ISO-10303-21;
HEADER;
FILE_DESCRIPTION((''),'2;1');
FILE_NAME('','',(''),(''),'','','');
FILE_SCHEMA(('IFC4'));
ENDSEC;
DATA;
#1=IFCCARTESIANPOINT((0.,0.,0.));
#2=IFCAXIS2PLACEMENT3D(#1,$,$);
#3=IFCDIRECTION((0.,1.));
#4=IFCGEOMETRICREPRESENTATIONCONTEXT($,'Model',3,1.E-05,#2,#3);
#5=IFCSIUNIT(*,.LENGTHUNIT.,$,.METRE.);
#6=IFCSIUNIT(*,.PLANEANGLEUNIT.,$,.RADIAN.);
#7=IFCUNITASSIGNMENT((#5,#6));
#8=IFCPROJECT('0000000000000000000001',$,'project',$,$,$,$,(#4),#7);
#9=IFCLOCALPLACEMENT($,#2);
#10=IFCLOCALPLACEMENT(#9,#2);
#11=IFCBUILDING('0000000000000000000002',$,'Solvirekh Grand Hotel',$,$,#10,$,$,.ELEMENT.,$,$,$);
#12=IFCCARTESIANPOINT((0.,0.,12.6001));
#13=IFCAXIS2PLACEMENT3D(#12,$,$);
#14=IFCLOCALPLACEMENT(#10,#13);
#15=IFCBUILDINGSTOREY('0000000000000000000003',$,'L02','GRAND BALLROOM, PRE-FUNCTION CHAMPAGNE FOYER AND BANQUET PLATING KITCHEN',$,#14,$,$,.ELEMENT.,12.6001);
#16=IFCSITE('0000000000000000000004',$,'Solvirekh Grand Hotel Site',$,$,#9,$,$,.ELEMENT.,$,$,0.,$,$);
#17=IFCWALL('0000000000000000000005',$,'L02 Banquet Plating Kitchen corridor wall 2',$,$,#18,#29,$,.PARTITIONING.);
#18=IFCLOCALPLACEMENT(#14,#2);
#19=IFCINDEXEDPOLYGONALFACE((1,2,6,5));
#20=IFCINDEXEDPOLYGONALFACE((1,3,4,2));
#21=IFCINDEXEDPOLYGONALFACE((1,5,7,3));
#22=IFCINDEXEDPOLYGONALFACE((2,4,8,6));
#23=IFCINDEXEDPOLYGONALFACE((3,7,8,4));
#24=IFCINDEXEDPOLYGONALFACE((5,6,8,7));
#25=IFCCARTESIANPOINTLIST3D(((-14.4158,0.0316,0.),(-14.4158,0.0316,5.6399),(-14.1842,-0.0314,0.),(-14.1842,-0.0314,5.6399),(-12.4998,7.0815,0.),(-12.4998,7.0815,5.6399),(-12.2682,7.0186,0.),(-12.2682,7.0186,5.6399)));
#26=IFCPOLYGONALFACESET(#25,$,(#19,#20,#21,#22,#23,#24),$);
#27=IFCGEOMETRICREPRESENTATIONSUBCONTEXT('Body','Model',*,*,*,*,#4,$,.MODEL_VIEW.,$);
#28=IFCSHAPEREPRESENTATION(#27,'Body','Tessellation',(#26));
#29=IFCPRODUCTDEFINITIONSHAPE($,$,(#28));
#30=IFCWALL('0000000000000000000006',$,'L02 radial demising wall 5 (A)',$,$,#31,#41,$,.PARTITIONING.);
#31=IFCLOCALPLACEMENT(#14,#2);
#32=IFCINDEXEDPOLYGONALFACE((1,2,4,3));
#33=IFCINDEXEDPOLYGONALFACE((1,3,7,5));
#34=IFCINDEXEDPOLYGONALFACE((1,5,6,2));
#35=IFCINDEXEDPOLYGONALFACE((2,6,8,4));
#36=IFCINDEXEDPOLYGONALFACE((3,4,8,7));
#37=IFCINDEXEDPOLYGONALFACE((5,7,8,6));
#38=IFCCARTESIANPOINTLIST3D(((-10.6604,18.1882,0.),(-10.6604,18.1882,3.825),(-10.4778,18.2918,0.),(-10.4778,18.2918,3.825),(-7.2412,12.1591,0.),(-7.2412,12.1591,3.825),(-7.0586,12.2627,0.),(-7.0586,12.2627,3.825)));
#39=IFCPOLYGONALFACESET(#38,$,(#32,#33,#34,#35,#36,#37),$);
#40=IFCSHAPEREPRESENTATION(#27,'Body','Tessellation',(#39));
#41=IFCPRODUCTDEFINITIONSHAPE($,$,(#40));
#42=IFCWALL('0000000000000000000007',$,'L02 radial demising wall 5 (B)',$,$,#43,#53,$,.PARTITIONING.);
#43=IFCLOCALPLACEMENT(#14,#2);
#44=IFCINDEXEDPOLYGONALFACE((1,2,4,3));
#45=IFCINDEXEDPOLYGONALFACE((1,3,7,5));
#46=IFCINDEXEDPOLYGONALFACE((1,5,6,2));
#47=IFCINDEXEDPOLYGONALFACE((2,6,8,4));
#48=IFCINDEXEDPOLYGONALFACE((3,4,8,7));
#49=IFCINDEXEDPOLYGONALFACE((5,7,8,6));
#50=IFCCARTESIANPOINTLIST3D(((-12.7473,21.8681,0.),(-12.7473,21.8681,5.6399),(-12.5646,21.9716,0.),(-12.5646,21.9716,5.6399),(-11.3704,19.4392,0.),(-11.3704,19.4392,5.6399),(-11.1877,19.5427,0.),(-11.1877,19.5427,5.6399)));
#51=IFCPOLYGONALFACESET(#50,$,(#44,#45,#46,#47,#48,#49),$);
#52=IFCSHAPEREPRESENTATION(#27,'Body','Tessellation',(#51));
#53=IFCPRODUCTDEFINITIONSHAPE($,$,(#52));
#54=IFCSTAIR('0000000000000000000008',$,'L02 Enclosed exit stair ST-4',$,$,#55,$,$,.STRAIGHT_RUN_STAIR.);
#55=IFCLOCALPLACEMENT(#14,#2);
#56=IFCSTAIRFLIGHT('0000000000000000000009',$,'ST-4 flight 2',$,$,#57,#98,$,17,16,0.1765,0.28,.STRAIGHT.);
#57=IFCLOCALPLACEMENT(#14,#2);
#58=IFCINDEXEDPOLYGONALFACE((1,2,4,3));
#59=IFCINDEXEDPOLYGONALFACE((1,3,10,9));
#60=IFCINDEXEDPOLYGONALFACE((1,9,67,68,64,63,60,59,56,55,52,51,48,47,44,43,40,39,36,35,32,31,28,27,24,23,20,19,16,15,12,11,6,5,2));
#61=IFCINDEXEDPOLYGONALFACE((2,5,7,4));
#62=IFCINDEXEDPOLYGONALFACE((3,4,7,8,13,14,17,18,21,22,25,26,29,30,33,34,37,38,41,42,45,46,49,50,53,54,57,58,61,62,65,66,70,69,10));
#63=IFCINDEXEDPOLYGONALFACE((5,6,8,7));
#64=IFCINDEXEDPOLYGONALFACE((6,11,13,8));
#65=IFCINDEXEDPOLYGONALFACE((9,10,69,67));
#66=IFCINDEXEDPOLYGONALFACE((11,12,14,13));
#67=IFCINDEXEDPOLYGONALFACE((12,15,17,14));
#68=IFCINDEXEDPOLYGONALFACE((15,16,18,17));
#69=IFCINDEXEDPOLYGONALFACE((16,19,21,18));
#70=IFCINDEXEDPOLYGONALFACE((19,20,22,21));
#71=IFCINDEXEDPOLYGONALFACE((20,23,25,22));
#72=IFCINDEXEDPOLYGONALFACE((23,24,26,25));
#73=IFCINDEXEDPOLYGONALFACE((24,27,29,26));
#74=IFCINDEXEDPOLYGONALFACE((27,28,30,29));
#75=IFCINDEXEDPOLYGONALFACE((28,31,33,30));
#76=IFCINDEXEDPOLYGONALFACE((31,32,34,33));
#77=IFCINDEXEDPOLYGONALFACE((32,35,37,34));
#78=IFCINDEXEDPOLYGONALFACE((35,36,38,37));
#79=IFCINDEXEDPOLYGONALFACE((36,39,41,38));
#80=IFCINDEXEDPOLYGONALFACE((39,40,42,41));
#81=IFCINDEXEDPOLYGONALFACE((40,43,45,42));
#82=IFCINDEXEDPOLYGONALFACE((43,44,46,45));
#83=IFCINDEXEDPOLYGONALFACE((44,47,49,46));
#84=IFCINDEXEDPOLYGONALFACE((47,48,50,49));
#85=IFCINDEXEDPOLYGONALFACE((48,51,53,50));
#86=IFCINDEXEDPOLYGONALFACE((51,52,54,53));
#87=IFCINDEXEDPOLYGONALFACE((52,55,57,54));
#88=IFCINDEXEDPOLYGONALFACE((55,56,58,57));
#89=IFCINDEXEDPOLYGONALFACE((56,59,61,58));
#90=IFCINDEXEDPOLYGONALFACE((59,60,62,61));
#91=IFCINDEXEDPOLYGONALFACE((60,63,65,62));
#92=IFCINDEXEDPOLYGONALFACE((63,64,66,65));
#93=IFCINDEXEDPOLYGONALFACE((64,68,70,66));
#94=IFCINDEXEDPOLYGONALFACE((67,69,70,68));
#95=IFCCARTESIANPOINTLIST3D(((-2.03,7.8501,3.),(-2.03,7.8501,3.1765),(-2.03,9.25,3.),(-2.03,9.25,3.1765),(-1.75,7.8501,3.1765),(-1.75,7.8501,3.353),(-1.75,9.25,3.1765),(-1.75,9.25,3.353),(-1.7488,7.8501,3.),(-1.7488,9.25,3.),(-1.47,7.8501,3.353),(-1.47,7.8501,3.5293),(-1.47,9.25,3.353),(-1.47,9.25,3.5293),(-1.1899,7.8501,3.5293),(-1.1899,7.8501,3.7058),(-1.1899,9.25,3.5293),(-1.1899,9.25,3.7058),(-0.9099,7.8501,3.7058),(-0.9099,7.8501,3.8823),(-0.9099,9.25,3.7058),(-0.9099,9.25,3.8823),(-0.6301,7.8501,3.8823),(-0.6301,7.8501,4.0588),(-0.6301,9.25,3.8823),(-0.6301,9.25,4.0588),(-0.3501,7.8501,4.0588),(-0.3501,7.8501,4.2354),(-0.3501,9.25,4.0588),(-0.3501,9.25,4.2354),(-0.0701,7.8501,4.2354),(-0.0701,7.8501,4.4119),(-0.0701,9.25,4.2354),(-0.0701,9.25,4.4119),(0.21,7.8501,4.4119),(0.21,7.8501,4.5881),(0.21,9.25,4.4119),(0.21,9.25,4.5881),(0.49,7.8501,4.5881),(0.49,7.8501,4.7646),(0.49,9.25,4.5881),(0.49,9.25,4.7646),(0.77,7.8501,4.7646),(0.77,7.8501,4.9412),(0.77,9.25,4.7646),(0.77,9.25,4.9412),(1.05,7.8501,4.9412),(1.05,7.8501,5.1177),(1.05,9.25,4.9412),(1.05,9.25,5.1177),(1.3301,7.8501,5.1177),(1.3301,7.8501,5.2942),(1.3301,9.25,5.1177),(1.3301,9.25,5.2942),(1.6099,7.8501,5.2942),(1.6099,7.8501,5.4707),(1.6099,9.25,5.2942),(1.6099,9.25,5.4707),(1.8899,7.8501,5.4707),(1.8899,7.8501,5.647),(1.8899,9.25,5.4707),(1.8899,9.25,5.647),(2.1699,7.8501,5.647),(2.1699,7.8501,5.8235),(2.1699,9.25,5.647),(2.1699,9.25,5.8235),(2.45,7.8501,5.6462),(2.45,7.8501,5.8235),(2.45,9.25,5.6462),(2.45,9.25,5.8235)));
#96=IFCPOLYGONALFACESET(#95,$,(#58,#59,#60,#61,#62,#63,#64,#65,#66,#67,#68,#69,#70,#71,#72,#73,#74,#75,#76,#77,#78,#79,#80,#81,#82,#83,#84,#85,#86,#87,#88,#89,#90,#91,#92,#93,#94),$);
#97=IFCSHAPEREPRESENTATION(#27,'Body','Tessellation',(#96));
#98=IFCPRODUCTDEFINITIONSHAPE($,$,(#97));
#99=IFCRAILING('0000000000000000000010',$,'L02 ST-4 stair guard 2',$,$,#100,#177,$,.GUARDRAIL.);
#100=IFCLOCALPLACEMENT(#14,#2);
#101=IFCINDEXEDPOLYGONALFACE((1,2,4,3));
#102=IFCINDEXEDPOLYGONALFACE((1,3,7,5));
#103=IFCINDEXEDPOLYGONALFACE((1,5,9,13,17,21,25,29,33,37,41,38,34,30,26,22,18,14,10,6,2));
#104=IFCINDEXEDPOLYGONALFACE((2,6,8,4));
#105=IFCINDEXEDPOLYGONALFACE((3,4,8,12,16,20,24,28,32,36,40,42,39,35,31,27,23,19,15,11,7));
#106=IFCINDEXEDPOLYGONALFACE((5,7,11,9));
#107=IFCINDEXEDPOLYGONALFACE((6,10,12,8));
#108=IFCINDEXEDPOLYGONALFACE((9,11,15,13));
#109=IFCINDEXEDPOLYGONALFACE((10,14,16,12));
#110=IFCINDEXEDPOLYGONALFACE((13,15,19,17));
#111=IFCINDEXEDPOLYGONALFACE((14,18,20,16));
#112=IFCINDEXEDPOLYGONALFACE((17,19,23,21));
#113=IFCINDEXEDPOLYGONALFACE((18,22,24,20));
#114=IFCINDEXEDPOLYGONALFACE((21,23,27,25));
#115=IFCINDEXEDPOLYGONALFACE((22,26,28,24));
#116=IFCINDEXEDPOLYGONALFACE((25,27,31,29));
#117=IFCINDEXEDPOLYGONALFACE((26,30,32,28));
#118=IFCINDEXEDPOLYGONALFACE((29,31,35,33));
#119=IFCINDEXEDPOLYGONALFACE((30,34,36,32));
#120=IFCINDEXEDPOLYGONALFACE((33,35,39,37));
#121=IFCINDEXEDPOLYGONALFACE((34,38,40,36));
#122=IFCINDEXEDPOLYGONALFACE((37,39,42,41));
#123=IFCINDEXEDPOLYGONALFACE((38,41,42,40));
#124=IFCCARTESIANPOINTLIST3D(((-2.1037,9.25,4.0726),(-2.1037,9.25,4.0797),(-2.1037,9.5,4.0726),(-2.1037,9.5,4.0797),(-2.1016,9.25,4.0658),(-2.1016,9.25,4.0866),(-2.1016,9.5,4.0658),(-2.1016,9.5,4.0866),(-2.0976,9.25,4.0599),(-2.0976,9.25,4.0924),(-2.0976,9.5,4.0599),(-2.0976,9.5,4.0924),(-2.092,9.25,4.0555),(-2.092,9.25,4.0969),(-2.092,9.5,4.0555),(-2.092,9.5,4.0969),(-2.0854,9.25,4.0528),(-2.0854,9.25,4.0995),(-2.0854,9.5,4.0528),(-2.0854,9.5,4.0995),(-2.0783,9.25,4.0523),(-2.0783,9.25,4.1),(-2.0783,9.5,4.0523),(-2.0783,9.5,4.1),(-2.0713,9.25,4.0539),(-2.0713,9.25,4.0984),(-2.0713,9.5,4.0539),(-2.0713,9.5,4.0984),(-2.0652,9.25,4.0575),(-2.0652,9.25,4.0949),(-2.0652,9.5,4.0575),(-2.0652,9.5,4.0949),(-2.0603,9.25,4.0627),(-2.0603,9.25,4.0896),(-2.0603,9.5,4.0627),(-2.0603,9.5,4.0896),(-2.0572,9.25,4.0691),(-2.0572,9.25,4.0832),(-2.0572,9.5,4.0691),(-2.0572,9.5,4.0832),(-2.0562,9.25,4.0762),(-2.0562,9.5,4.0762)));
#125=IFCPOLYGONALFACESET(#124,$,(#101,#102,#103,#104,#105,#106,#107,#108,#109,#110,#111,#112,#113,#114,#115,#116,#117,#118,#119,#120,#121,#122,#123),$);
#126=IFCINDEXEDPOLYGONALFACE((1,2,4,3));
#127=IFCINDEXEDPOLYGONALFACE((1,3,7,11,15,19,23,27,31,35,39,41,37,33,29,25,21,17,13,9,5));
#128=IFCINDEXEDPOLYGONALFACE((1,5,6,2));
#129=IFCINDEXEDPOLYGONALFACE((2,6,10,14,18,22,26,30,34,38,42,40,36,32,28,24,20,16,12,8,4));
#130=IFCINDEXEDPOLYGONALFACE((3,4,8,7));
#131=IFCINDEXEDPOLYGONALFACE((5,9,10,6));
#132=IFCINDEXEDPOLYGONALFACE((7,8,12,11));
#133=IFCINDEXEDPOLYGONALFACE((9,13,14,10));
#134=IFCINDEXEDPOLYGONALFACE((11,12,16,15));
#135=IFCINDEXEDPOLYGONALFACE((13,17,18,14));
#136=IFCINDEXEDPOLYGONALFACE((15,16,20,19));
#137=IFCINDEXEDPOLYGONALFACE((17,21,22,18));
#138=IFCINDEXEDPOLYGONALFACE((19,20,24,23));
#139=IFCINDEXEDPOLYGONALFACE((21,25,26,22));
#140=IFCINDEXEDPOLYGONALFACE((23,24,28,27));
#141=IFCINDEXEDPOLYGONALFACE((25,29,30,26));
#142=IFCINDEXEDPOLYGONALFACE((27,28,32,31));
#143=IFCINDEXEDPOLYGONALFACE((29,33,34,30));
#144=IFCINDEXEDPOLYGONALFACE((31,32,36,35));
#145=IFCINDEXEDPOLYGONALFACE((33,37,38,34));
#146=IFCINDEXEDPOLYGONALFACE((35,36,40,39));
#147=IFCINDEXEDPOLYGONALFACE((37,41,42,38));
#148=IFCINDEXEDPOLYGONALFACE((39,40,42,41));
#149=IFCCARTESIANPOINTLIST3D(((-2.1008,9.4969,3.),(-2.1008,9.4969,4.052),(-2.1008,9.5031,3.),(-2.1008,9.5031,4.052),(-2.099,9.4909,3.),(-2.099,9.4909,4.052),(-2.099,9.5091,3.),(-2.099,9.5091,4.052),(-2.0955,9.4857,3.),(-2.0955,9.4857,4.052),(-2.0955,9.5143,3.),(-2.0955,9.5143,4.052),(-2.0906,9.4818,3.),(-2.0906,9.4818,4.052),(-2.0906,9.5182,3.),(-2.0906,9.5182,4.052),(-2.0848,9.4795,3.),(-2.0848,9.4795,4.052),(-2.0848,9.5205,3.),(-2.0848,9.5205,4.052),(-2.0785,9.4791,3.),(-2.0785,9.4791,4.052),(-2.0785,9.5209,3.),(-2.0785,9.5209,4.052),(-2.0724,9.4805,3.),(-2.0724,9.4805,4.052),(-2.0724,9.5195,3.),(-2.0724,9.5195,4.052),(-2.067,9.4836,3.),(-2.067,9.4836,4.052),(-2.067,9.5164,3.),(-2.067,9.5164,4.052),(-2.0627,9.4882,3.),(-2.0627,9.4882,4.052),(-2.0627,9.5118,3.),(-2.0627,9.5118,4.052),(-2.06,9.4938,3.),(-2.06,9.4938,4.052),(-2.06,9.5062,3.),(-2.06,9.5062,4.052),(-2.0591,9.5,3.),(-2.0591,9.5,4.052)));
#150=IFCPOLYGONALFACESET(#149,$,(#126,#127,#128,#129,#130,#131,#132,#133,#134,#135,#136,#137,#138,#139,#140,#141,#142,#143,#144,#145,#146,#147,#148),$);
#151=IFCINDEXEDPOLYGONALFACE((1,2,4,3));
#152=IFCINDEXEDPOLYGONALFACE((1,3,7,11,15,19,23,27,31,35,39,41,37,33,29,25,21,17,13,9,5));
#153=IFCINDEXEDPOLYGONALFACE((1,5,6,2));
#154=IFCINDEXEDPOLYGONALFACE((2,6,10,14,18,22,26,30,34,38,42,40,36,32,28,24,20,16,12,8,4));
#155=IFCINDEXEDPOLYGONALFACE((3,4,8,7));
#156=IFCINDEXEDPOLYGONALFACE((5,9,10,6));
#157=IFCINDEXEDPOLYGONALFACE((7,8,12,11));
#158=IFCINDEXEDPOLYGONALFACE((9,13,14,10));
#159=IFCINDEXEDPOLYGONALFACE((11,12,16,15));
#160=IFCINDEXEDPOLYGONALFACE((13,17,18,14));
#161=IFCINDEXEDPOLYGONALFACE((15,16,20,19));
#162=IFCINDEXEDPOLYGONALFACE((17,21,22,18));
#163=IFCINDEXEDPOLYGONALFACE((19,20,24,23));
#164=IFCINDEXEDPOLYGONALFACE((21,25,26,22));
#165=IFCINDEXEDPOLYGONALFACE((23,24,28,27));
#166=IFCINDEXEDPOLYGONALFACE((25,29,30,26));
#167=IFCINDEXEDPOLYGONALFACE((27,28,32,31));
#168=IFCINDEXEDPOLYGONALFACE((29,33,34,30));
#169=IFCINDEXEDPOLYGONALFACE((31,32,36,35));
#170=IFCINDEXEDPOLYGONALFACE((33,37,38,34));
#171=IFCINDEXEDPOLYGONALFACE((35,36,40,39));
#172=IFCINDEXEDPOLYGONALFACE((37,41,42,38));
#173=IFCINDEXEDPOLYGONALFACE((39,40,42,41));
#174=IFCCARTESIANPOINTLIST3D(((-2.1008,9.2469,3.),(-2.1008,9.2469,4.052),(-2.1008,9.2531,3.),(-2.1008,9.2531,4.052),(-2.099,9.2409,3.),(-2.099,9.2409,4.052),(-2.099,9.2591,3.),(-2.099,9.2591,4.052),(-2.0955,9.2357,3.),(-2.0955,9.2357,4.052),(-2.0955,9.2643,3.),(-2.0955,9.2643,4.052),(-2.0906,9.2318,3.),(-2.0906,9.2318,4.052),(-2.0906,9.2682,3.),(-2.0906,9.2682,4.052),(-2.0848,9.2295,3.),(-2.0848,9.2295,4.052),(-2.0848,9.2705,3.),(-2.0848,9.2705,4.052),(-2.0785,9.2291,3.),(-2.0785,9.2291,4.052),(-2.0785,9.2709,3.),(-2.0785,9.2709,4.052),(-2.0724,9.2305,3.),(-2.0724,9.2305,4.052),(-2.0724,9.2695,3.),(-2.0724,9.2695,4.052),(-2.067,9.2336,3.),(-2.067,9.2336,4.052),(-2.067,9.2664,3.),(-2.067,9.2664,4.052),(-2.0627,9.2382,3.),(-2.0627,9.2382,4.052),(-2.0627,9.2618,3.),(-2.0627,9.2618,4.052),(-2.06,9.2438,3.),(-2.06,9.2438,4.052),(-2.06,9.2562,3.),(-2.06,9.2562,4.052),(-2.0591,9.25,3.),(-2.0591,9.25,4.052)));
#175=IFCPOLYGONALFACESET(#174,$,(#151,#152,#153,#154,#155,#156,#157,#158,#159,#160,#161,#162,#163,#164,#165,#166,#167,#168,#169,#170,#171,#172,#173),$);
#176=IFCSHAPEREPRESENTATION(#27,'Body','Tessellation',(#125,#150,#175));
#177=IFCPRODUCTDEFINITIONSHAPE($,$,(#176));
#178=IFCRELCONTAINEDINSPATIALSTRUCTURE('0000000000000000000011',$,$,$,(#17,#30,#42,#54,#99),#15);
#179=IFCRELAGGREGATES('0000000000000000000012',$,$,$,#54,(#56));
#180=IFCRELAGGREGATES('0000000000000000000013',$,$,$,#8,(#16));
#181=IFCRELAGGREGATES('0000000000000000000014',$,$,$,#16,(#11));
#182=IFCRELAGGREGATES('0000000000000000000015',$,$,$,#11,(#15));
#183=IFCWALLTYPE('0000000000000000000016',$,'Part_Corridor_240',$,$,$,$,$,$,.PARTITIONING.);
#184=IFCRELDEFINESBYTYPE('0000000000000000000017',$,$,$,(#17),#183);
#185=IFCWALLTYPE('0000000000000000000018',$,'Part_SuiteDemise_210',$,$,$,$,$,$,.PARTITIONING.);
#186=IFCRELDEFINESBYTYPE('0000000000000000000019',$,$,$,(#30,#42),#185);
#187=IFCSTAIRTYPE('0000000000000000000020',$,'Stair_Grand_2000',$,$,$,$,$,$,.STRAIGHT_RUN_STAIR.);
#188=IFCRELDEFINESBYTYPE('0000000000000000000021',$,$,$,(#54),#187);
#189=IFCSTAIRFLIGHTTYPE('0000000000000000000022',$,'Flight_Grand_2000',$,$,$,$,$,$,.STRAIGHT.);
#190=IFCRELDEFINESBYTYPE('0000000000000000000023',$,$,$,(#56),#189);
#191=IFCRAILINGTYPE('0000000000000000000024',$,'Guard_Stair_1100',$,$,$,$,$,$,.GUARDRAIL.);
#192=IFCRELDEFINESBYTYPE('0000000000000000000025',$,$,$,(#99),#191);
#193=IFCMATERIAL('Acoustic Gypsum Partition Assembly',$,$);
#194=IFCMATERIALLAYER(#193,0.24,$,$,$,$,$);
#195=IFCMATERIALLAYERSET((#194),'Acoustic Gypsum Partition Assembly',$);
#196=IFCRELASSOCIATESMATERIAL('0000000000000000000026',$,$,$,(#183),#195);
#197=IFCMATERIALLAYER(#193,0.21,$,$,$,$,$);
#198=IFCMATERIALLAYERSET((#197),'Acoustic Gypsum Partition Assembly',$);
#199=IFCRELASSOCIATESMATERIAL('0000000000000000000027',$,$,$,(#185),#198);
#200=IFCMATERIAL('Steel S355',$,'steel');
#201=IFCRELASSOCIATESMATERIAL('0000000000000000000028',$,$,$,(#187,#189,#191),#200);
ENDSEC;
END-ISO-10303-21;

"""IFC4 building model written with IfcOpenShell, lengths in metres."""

from ifc_helpers import new_model, si_unit, direction, frame, frame_2d, origin, origin_2d, place, context, subcontext, project, spatial, polyline, rectangle, circle, outline, extrude, material, layer, layer_set, type_object, element, aggregate, save


model = new_model("IFC4")

# Units and contexts
model_context = context("Model", 3, precision=1e-05, world=origin(), true_north=direction((0.0, 1.0)))
body_context = subcontext(model_context, "Body", "Model", "MODEL_VIEW")
ifc_project = project(units=[si_unit("LENGTHUNIT", "METRE"), si_unit("PLANEANGLEUNIT", "RADIAN")], contexts=[model_context])

# Site, building, storey
site_placement = place(None, origin())
site = spatial("IfcSite", under=ifc_project, at=site_placement, Name="Solvirekh Grand Hotel Site", CompositionType="ELEMENT", RefElevation=0.0)
building_placement = place(site_placement, origin())
building = spatial("IfcBuilding", under=site, at=building_placement, Name="Solvirekh Grand Hotel", CompositionType="ELEMENT")
storey_placement = place(building_placement, frame((0.0, 0.0, 12.6001)))
storey = spatial("IfcBuildingStorey", under=building, at=storey_placement, Name="L02", Description="GRAND BALLROOM, PRE-FUNCTION CHAMPAGNE FOYER AND BANQUET PLATING KITCHEN", CompositionType="ELEMENT", Elevation=12.6001)

# Shared definitions
ifc_material_1 = material(Name="Steel S355", Category="steel")

# Shared definitions
ifc_material_2 = material(Name="Acoustic Gypsum Partition Assembly")
ifc_layer_1 = layer(ifc_material_2, 0.24)
ifc_layer_set_1 = layer_set([ifc_layer_1], Name="Acoustic Gypsum Partition Assembly")
wall_type_1 = type_object("IfcWallType", Name="Part_Corridor_240", PredefinedType="PARTITIONING", material=ifc_layer_set_1)

# Walls
wall_1_placement = place(storey_placement, frame((-12.384, 7.05, 0.0), z_axis=(0.0, 0.0, 1.0), x_axis=(-0.262261, -0.964997, 0.0)))
element("IfcWall", 1, at=wall_1_placement, inside=storey, type_object=wall_type_1, Name="L02 Banquet Plating Kitchen corridor wall 2", PredefinedType="PARTITIONING", context=body_context, shape_type="SweptSolid", body=[
    extrude(rectangle(XDim=7.3057, YDim=0.24, at=frame_2d((3.6528, 0.0))), origin(), (0.0, 0.0, 1.0), 5.6399),
])
ifc_layer_2 = layer(ifc_material_2, 0.21)
ifc_layer_set_2 = layer_set([ifc_layer_2], Name="Acoustic Gypsum Partition Assembly")
wall_type_2 = type_object("IfcWallType", Name="Part_SuiteDemise_210", PredefinedType="PARTITIONING", material=ifc_layer_set_2)
wall_2_placement = place(storey_placement, frame((-7.1499, 12.2109, 0.0), z_axis=(0.0, 0.0, 1.0), x_axis=(-0.49331, 0.869853, 0.0)))
element("IfcWall", 2, at=wall_2_placement, inside=storey, type_object=wall_type_2, Name="L02 radial demising wall 5 (A)", PredefinedType="PARTITIONING", context=body_context, shape_type="SweptSolid", body=[
    extrude(rectangle(XDim=6.9312, YDim=0.21, at=frame_2d((3.4656, 0.0))), origin(), (0.0, 0.0, 1.0), 3.825),
])
wall_3_placement = place(storey_placement, frame((-11.2791, 19.491, 0.0), z_axis=(0.0, 0.0, 1.0), x_axis=(-0.49316, 0.869938, 0.0)))
element("IfcWall", 3, at=wall_3_placement, inside=storey, type_object=wall_type_2, Name="L02 radial demising wall 5 (B)", PredefinedType="PARTITIONING", context=body_context, shape_type="SweptSolid", body=[
    extrude(rectangle(XDim=2.792, YDim=0.21, at=frame_2d((1.396, 0.0))), origin(), (0.0, 0.0, 1.0), 5.6399),
])

# Stair, stair flight
stair_type = type_object("IfcStairType", Name="Stair_Grand_2000", PredefinedType="STRAIGHT_RUN_STAIR", material=ifc_material_1)
stair_placement = place(storey_placement, origin())
stair = element("IfcStair", 4, at=stair_placement, inside=storey, type_object=stair_type, Name="L02 Enclosed exit stair ST-4", PredefinedType="STRAIGHT_RUN_STAIR")
stair_flight_type = type_object("IfcStairFlightType", Name="Flight_Grand_2000", PredefinedType="STRAIGHT", material=ifc_material_1)
stair_flight_placement = place(storey_placement, frame((-2.03, 8.55, 3.0), z_axis=(0.0, 0.0, 1.0), x_axis=(1.0, 0.0, 0.0)))
stair_flight = element("IfcStairFlight", 5, at=stair_flight_placement, type_object=stair_flight_type, Name="ST-4 flight 2", NumberOfRisers=17, NumberOfTreads=16, PredefinedType="STRAIGHT", RiserHeight=0.1765, TreadLength=0.28, context=body_context, shape_type="SweptSolid", body=[
    extrude(outline(polyline([(0.0, 0.0), (0.0, 0.1765), (0.28, 0.1765), (0.28, 0.353), (0.5601, 0.353), (0.5601, 0.5293), (0.8401, 0.5293), (0.8401, 0.7058), (1.1201, 0.7058), (1.1201, 0.8823), (1.3999, 0.8823), (1.3999, 1.0588), (1.6799, 1.0588), (1.6799, 1.2354), (1.96, 1.2354), (1.96, 1.4119), (2.24, 1.4119), (2.24, 1.5881), (2.52, 1.5881), (2.52, 1.7646), (2.8, 1.7646), (2.8, 1.9412), (3.0801, 1.9412), (3.0801, 2.1177), (3.3601, 2.1177), (3.3601, 2.2942), (3.6399, 2.2942), (3.6399, 2.4707), (3.9199, 2.4707), (3.9199, 2.647), (4.2, 2.647), (4.2, 2.8235), (4.48, 2.8235), (4.48, 3.0), (4.48, 2.6462), (0.2812, 0.0), (0.0, 0.0)])), frame((0.0, 0.7, 0.0), z_axis=(0.0, -1.0, 0.0), x_axis=(1.0, 0.0, 0.0)), (0.0, 0.0, 1.0), 1.3999),
])
aggregate(stair, [stair_flight])

# Railing
railing_type_1 = type_object("IfcRailingType", Name="Guard_Stair_1100", PredefinedType="GUARDRAIL", material=ifc_material_1)
railing_1_placement = place(storey_placement, frame((-2.0801, 9.5, 3.0)))
element("IfcRailing", 6, at=railing_1_placement, inside=storey, type_object=railing_type_1, Name="L02 ST-4 stair guard 2", PredefinedType="GUARDRAIL", context=body_context, shape_type="SweptSolid", body=[
    extrude(circle(Radius=0.0239, at=origin_2d()), frame((0.0, 0.0, 1.0762), z_axis=(0.0, -1.0, 0.0), x_axis=(1.0, 0.0, 0.0)), (0.0, 0.0, 1.0), 0.25),
    extrude(circle(Radius=0.021, at=origin_2d()), origin(), (0.0, 0.0, 1.0), 1.052),
    extrude(circle(Radius=0.021, at=origin_2d()), frame((0.0, -0.25, 0.0)), (0.0, 0.0, 1.0), 1.052),
])

save(model, "model.ifc")
